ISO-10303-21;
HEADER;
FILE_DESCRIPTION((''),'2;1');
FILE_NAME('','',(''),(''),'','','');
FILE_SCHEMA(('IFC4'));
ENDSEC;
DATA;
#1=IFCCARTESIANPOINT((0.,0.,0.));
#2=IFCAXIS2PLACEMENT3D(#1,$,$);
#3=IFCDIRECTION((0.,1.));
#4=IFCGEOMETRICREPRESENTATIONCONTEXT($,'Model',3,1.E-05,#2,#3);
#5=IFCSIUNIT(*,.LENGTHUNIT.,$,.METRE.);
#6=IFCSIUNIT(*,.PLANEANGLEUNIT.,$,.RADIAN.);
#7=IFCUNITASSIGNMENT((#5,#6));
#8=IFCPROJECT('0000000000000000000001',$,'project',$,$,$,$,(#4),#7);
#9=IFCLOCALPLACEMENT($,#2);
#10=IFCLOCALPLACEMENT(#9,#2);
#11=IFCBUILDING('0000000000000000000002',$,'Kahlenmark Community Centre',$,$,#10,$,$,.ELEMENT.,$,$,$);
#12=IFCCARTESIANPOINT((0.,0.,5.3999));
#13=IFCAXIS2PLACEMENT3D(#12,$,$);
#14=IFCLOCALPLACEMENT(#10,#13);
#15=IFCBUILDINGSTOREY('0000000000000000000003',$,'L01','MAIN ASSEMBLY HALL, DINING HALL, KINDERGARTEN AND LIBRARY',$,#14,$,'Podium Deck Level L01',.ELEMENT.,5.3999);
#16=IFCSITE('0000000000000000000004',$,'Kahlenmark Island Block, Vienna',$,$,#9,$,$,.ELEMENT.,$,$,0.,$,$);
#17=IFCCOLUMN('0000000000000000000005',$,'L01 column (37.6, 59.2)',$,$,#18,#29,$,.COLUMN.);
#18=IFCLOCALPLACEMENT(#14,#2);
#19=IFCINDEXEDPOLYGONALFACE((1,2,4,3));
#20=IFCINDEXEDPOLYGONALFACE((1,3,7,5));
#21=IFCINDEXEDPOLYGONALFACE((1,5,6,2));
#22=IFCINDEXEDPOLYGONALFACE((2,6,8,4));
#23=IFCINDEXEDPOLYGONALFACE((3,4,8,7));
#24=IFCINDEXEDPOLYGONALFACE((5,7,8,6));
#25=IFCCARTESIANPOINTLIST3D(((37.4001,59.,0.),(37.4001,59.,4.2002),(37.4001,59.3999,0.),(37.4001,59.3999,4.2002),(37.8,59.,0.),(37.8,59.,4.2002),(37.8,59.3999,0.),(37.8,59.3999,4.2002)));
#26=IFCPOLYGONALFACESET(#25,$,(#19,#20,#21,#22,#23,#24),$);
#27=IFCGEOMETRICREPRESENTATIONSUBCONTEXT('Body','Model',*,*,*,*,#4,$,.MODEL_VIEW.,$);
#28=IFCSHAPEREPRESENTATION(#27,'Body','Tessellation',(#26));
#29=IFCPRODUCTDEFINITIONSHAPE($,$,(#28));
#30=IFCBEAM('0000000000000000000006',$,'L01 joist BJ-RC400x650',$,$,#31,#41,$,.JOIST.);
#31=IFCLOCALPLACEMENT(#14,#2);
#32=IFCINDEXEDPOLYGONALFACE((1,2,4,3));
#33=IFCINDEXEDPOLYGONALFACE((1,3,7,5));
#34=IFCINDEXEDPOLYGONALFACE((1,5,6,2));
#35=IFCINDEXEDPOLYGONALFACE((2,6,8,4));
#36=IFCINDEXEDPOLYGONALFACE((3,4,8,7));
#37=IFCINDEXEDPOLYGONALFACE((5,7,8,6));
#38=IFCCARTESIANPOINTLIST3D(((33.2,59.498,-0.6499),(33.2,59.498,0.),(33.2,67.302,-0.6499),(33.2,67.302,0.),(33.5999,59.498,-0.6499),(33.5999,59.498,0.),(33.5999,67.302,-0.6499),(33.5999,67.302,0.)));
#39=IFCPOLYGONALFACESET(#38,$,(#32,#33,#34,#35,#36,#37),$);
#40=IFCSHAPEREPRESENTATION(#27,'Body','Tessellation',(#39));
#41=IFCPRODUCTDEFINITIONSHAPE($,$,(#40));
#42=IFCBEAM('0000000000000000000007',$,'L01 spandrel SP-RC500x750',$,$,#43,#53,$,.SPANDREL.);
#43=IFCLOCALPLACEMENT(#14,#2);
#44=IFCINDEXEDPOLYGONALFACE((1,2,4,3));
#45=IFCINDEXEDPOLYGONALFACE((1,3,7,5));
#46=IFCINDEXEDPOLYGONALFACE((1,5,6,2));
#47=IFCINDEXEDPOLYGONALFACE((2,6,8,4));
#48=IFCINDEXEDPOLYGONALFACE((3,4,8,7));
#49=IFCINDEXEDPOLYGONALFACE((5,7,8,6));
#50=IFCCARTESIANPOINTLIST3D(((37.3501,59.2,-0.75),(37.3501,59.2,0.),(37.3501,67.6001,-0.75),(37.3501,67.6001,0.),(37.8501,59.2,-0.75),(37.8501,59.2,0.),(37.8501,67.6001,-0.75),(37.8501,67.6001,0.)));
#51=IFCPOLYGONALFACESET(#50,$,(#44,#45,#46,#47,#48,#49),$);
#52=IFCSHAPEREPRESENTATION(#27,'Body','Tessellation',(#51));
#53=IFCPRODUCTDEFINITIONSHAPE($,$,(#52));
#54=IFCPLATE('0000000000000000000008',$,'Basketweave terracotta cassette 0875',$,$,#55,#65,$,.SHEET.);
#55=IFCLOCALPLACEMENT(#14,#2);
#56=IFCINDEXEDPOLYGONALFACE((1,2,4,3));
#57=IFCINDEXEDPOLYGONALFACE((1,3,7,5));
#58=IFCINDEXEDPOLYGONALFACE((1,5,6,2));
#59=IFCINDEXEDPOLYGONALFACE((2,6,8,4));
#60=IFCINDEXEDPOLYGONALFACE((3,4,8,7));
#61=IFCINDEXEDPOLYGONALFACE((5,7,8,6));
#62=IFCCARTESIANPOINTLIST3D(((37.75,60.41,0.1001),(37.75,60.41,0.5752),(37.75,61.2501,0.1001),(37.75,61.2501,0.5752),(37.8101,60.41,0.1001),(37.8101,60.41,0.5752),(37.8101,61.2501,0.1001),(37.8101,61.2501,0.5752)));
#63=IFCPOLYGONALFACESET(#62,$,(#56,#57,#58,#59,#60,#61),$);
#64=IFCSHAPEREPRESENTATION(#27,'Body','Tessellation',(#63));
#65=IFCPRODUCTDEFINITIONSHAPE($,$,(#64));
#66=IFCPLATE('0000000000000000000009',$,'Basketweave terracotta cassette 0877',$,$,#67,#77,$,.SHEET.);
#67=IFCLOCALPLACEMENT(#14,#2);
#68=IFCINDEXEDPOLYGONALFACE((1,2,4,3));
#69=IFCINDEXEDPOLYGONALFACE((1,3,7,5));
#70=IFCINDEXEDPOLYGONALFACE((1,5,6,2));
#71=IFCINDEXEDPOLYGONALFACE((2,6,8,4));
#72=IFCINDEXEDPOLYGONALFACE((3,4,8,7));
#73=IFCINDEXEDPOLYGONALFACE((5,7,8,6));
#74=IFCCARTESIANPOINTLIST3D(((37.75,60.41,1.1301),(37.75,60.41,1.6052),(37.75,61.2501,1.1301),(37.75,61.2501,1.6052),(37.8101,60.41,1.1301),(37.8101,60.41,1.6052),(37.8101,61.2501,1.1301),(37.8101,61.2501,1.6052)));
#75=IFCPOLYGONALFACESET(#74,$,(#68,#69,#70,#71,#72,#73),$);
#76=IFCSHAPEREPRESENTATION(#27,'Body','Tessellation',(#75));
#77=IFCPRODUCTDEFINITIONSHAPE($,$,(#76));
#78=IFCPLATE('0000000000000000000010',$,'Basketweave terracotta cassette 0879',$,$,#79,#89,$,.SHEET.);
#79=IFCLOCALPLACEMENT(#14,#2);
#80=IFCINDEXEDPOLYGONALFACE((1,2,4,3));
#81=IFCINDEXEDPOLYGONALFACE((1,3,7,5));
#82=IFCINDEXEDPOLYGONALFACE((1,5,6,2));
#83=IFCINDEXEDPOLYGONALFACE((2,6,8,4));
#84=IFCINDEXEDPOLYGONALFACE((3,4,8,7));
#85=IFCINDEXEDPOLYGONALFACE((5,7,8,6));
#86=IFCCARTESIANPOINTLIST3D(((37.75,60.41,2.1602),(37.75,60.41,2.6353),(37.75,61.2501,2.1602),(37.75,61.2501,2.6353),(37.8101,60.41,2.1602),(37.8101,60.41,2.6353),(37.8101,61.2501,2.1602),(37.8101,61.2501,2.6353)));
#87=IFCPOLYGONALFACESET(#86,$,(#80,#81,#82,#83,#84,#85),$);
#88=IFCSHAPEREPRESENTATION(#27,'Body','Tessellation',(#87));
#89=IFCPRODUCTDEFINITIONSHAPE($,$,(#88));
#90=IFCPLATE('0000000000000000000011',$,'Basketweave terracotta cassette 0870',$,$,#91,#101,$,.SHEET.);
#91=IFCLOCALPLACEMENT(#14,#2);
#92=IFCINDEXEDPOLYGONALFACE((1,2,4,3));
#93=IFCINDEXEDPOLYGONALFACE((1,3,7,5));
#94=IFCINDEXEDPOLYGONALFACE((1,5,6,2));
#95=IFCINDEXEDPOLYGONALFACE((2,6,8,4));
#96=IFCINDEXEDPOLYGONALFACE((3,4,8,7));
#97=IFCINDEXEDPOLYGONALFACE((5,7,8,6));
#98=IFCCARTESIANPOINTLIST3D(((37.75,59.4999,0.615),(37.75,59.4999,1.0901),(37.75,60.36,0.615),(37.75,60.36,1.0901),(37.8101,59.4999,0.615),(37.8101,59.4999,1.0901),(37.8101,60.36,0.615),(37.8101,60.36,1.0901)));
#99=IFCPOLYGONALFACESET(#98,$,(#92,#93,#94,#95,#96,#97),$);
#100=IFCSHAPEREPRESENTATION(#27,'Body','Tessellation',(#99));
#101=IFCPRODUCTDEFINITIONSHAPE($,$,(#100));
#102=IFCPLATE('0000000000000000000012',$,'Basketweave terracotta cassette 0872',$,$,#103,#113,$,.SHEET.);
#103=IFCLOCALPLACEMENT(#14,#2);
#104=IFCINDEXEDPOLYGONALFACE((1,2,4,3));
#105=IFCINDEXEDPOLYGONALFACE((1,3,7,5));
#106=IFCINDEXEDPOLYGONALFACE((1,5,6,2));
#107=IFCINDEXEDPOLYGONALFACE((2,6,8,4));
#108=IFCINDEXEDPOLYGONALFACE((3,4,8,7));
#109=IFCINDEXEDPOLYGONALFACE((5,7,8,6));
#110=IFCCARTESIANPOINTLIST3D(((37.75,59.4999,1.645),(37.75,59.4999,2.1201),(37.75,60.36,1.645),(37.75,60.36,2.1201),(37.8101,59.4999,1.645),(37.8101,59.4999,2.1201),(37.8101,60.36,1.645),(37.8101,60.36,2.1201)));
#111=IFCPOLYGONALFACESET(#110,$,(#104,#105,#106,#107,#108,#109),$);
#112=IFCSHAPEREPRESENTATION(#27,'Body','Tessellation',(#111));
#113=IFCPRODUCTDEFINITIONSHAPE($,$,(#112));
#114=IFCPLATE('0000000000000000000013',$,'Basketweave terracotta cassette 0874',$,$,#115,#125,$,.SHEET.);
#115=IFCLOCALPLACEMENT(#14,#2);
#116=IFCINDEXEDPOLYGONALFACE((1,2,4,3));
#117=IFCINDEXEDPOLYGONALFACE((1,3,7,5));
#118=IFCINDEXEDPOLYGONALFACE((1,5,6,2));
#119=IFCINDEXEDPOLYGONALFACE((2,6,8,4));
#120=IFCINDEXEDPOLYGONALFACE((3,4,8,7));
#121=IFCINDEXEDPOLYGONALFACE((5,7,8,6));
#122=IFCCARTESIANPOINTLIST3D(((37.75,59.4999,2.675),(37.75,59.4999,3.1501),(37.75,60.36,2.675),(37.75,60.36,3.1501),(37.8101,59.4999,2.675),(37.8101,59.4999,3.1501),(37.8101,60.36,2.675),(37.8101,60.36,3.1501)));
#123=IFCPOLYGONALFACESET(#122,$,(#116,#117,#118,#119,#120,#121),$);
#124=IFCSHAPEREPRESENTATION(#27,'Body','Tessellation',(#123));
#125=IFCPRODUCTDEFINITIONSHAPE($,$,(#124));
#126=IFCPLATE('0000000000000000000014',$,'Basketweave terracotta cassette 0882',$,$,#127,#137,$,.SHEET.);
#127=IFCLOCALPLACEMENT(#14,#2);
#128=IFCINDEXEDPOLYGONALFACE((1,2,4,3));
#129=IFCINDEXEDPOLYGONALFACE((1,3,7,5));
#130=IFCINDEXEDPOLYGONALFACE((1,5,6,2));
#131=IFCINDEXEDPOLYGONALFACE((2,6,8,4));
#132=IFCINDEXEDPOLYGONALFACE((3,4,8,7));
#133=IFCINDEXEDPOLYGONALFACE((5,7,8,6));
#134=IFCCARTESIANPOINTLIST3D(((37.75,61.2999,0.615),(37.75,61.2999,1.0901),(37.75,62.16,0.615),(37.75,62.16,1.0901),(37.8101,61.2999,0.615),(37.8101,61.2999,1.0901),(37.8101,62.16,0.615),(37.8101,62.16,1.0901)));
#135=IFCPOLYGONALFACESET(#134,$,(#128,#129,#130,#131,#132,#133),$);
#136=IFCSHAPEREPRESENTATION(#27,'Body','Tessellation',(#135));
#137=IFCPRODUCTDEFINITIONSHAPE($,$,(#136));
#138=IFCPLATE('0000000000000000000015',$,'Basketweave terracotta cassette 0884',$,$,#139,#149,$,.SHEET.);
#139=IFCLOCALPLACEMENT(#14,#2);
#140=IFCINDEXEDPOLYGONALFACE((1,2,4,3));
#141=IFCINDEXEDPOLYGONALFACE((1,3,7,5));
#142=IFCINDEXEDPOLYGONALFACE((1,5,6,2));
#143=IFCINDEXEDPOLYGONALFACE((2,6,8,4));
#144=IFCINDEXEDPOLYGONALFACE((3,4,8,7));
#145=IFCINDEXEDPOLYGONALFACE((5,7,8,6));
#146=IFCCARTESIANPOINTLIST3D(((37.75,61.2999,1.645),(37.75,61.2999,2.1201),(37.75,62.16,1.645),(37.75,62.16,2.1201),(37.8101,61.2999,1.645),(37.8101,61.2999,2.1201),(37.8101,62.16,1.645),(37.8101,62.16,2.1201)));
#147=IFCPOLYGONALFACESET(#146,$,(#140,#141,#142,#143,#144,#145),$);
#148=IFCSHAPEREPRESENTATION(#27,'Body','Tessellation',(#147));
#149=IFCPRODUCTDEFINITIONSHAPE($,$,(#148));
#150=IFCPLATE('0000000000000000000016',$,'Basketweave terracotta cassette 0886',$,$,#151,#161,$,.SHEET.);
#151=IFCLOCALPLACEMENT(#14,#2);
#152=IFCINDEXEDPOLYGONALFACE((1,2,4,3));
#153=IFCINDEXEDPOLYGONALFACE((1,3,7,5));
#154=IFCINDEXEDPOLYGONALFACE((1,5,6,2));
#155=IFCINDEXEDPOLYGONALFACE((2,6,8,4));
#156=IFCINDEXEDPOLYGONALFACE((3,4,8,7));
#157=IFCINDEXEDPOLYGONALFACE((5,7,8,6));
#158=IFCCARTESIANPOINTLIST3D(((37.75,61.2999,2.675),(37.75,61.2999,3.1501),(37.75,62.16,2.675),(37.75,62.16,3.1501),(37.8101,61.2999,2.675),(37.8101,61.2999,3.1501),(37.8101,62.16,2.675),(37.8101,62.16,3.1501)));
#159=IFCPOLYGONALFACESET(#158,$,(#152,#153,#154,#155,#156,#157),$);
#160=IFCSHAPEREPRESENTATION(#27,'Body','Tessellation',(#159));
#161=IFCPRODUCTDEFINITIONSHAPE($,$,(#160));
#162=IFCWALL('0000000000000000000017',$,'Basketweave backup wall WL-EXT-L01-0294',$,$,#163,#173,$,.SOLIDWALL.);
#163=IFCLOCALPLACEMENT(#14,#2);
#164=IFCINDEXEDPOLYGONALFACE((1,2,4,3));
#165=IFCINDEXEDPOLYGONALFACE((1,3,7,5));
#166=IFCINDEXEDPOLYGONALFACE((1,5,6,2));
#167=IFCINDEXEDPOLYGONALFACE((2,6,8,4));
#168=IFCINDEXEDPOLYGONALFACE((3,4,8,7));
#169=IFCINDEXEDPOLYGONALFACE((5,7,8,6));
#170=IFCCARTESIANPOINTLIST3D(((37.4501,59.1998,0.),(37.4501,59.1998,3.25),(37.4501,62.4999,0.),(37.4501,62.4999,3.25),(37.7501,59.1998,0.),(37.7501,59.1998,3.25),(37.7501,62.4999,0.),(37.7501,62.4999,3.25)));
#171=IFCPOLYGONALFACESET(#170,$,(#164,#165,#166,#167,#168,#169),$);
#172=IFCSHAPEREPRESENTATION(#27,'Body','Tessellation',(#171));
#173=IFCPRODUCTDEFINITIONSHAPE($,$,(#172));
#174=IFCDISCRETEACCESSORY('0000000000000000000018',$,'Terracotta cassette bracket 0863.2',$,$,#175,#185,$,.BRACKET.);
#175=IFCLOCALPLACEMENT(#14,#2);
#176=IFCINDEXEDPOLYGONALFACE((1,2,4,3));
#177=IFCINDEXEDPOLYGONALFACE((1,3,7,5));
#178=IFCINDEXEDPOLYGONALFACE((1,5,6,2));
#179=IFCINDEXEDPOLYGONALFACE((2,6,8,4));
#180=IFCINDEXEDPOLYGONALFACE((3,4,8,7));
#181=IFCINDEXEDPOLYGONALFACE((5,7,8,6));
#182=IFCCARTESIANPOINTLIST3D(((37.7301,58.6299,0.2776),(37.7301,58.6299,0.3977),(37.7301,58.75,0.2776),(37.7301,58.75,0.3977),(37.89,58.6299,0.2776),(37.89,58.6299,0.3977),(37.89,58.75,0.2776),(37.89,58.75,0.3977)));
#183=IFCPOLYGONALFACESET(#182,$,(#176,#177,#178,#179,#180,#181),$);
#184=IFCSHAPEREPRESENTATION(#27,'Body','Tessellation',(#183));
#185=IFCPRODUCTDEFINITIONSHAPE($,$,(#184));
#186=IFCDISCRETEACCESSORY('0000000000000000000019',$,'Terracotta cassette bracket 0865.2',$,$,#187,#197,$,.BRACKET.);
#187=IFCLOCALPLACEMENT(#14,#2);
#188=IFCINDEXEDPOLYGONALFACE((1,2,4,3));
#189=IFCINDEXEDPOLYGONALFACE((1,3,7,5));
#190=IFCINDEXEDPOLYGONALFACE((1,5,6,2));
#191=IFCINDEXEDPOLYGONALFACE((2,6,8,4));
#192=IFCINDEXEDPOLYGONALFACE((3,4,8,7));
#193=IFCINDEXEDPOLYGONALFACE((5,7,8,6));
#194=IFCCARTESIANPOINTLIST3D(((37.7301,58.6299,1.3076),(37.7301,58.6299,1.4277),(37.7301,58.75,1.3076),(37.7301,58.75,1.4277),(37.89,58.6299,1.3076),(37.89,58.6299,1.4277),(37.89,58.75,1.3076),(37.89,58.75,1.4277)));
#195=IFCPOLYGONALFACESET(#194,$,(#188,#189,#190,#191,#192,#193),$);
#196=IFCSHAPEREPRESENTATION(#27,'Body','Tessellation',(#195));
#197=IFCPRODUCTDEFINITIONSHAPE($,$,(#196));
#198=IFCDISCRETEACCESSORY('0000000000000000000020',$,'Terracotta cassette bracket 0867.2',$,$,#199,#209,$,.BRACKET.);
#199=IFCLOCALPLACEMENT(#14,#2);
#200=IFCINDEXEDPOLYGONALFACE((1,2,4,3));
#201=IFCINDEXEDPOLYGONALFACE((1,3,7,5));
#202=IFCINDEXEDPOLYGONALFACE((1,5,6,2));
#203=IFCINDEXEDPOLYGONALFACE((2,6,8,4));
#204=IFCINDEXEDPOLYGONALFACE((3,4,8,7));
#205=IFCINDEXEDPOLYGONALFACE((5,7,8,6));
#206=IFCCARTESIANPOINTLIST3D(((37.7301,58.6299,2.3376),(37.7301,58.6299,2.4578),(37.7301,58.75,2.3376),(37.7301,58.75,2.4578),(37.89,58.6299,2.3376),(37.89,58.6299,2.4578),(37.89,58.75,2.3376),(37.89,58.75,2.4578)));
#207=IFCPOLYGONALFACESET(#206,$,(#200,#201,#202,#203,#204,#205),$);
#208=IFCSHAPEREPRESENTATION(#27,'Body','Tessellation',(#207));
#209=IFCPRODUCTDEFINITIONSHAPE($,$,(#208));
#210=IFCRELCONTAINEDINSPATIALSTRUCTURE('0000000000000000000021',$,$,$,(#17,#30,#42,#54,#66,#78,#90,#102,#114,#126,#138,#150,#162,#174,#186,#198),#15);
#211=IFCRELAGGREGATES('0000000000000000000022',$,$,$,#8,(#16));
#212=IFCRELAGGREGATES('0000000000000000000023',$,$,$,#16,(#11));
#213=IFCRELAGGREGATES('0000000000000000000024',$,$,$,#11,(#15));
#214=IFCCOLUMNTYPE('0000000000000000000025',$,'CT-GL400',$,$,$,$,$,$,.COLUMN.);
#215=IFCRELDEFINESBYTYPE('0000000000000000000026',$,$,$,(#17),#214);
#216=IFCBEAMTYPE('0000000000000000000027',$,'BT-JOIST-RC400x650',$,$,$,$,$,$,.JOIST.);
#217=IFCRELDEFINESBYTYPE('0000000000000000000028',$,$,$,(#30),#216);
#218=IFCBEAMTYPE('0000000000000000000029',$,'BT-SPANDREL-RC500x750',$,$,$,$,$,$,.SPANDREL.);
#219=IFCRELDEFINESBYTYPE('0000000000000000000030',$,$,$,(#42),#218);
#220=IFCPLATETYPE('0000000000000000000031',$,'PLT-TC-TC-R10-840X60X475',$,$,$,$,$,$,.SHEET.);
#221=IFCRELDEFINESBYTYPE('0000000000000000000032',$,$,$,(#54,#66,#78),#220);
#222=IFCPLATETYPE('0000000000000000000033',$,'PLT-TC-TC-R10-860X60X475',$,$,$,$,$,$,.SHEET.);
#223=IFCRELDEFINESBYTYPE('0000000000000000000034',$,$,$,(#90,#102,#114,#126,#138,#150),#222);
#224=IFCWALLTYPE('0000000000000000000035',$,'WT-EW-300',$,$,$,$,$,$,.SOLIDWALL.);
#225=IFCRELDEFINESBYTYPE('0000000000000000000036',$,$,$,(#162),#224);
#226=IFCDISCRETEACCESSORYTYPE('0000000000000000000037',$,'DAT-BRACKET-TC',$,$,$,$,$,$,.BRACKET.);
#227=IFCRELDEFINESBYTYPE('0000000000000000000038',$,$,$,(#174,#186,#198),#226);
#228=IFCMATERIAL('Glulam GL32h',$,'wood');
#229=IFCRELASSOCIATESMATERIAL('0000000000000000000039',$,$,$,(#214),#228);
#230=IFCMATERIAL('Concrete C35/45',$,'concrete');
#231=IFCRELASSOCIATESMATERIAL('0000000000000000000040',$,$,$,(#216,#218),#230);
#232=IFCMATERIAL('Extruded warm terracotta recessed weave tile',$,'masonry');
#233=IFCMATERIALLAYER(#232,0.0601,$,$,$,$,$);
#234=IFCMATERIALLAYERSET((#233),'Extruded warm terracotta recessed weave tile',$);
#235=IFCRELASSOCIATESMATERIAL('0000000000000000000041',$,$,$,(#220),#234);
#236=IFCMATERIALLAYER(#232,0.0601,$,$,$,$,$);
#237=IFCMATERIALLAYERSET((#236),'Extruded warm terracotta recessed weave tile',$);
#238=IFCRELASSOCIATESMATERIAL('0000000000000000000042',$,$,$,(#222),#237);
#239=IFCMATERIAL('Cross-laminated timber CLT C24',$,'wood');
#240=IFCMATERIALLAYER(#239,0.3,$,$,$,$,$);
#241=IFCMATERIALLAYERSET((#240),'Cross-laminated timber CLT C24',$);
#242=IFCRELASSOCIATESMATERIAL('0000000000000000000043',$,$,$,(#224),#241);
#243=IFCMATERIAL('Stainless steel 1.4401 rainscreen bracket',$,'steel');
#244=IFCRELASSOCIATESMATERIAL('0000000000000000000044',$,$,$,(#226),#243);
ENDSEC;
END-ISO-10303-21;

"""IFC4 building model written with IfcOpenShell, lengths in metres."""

from ifc_helpers import new_model, si_unit, direction, frame, frame_2d, origin, origin_2d, place, context, subcontext, project, spatial, rectangle, extrude, material, layer, layer_set, material_profile, profile_set, type_object, element, save


model = new_model("IFC4")

# Units and contexts
model_context = context("Model", 3, precision=1e-05, world=origin(), true_north=direction((0.0, 1.0)))
body_context = subcontext(model_context, "Body", "Model", "MODEL_VIEW")
ifc_project = project(units=[si_unit("LENGTHUNIT", "METRE"), si_unit("PLANEANGLEUNIT", "RADIAN")], contexts=[model_context])

# Site, building, storey
site_placement = place(None, origin())
site = spatial("IfcSite", under=ifc_project, at=site_placement, Name="Kahlenmark Island Block, Vienna", CompositionType="ELEMENT", RefElevation=0.0)
building_placement = place(site_placement, origin())
building = spatial("IfcBuilding", under=site, at=building_placement, Name="Kahlenmark Community Centre", CompositionType="ELEMENT")
storey_placement = place(building_placement, frame((0.0, 0.0, 5.3999)))
storey = spatial("IfcBuildingStorey", under=building, at=storey_placement, Name="L01", Description="MAIN ASSEMBLY HALL, DINING HALL, KINDERGARTEN AND LIBRARY", LongName="Podium Deck Level L01", CompositionType="ELEMENT", Elevation=5.3999)

# Column
ifc_material_1 = material(Name="Glulam GL32h", Category="wood")
ifc_material_profile_1 = material_profile(ifc_material_1, rectangle(XDim=0.3999, YDim=0.3999, at=origin_2d()), Name="GL32h 400x400")
ifc_profile_set_1 = profile_set([ifc_material_profile_1], Name="Glulam GL32h")
column_type = type_object("IfcColumnType", Name="CT-GL400", PredefinedType="COLUMN", material=ifc_profile_set_1)
column_placement = place(storey_placement, frame((37.6001, 59.2, 0.0), z_axis=(0.0, 0.0, 1.0), x_axis=(1.0, 0.0, 0.0)))
element("IfcColumn", 1, at=column_placement, inside=storey, type_object=column_type, Name="L01 column (37.6, 59.2)", PredefinedType="COLUMN", context=body_context, shape_type="SweptSolid", body=[
    extrude(rectangle(XDim=0.3999, YDim=0.3999, at=origin_2d()), origin(), (0.0, 0.0, 1.0), 4.2002),
])

# Beams
ifc_material_2 = material(Name="Concrete C35/45", Category="concrete")
ifc_material_profile_2 = material_profile(ifc_material_2, rectangle(XDim=0.3999, YDim=0.6499, at=origin_2d()), Name="RC 400x650")
ifc_profile_set_2 = profile_set([ifc_material_profile_2], Name="Concrete C35/45")
beam_type_1 = type_object("IfcBeamType", Name="BT-JOIST-RC400x650", PredefinedType="JOIST", material=ifc_profile_set_2)
beam_1_placement = place(storey_placement, frame((33.3999, 59.498, -0.325), z_axis=(0.0, 1.0, 0.0), x_axis=(-1.0, 0.0, 0.0)))
element("IfcBeam", 2, at=beam_1_placement, inside=storey, type_object=beam_type_1, Name="L01 joist BJ-RC400x650", PredefinedType="JOIST", context=body_context, shape_type="SweptSolid", body=[
    extrude(rectangle(XDim=0.3999, YDim=0.6499, at=origin_2d()), origin(), (0.0, 0.0, 1.0), 7.804),
])
ifc_material_profile_3 = material_profile(ifc_material_2, rectangle(XDim=0.5, YDim=0.75, at=origin_2d()), Name="RC 500x750")
ifc_profile_set_3 = profile_set([ifc_material_profile_3], Name="Concrete C35/45")
beam_type_2 = type_object("IfcBeamType", Name="BT-SPANDREL-RC500x750", PredefinedType="SPANDREL", material=ifc_profile_set_3)
beam_2_placement = place(storey_placement, frame((37.6001, 59.2, -0.375), z_axis=(0.0, 1.0, 0.0), x_axis=(-1.0, 0.0, 0.0)))
element("IfcBeam", 3, at=beam_2_placement, inside=storey, type_object=beam_type_2, Name="L01 spandrel SP-RC500x750", PredefinedType="SPANDREL", context=body_context, shape_type="SweptSolid", body=[
    extrude(rectangle(XDim=0.5, YDim=0.75, at=origin_2d()), origin(), (0.0, 0.0, 1.0), 8.4001),
])

# Plates
ifc_material_3 = material(Name="Extruded warm terracotta recessed weave tile", Category="masonry")
ifc_layer_1 = layer(ifc_material_3, 0.0601)
ifc_layer_set_1 = layer_set([ifc_layer_1], Name="Extruded warm terracotta recessed weave tile")
plate_type_1 = type_object("IfcPlateType", Name="PLT-TC-TC-R10-840X60X475", PredefinedType="SHEET", material=ifc_layer_set_1)
for number, where, z_axis, x_axis, name in (
    (4, (37.78, 60.8301, 0.1001), (0.0, 0.0, 1.0), (0.0, 1.0, 0.0), "Basketweave terracotta cassette 0875"),
    (5, (37.78, 60.8301, 1.1301), (0.0, 0.0, 1.0), (0.0, 1.0, 0.0), "Basketweave terracotta cassette 0877"),
    (6, (37.78, 60.8301, 2.1602), (0.0, 0.0, 1.0), (0.0, 1.0, 0.0), "Basketweave terracotta cassette 0879"),
):
    element("IfcPlate", number, at=place(storey_placement, frame(where, z_axis=z_axis, x_axis=x_axis)), inside=storey, type_object=plate_type_1, Name=name, PredefinedType="SHEET", context=body_context, shape_type="SweptSolid", body=[
        extrude(rectangle(XDim=0.8401, YDim=0.0601, at=origin_2d()), origin(), (0.0, 0.0, 1.0), 0.4751),
    ])
ifc_layer_2 = layer(ifc_material_3, 0.0601)
ifc_layer_set_2 = layer_set([ifc_layer_2], Name="Extruded warm terracotta recessed weave tile")
plate_type_2 = type_object("IfcPlateType", Name="PLT-TC-TC-R10-860X60X475", PredefinedType="SHEET", material=ifc_layer_set_2)
for number, where, z_axis, x_axis, name in (
    (7, (37.78, 59.9299, 0.615), (0.0, 0.0, 1.0), (0.0, 1.0, 0.0), "Basketweave terracotta cassette 0870"),
    (8, (37.78, 59.9299, 1.645), (0.0, 0.0, 1.0), (0.0, 1.0, 0.0), "Basketweave terracotta cassette 0872"),
    (9, (37.78, 59.9299, 2.675), (0.0, 0.0, 1.0), (0.0, 1.0, 0.0), "Basketweave terracotta cassette 0874"),
    (10, (37.78, 61.73, 0.615), (0.0, 0.0, 1.0), (0.0, 1.0, 0.0), "Basketweave terracotta cassette 0882"),
    (11, (37.78, 61.73, 1.645), (0.0, 0.0, 1.0), (0.0, 1.0, 0.0), "Basketweave terracotta cassette 0884"),
    (12, (37.78, 61.73, 2.675), (0.0, 0.0, 1.0), (0.0, 1.0, 0.0), "Basketweave terracotta cassette 0886"),
):
    element("IfcPlate", number, at=place(storey_placement, frame(where, z_axis=z_axis, x_axis=x_axis)), inside=storey, type_object=plate_type_2, Name=name, PredefinedType="SHEET", context=body_context, shape_type="SweptSolid", body=[
        extrude(rectangle(XDim=0.8601, YDim=0.0601, at=origin_2d()), origin(), (0.0, 0.0, 1.0), 0.4751),
    ])

# Wall
ifc_material_4 = material(Name="Cross-laminated timber CLT C24", Category="wood")
ifc_layer_3 = layer(ifc_material_4, 0.3)
ifc_layer_set_3 = layer_set([ifc_layer_3], Name="Cross-laminated timber CLT C24")
wall_type = type_object("IfcWallType", Name="WT-EW-300", PredefinedType="SOLIDWALL", material=ifc_layer_set_3)
wall_placement = place(storey_placement, frame((37.6001, 59.2, 0.0), z_axis=(0.0, 0.0, 1.0), x_axis=(0.0, 1.0, 0.0)))
element("IfcWall", 13, at=wall_placement, inside=storey, type_object=wall_type, Name="Basketweave backup wall WL-EXT-L01-0294", PredefinedType="SOLIDWALL", context=body_context, shape_type="SweptSolid", body=[
    extrude(rectangle(XDim=3.3, YDim=0.3, at=frame_2d((1.6499, 0.0))), origin(), (0.0, 0.0, 1.0), 3.25),
])

# Discrete accessories
ifc_material_5 = material(Name="Stainless steel 1.4401 rainscreen bracket", Category="steel")
discrete_accessory_type = type_object("IfcDiscreteAccessoryType", Name="DAT-BRACKET-TC", PredefinedType="BRACKET", material=ifc_material_5)
for number, where, z_axis, x_axis, name in (
    (14, (37.8101, 58.6899, 0.2776), (0.0, 0.0, 1.0), (0.0, 1.0, 0.0), "Terracotta cassette bracket 0863.2"),
    (15, (37.8101, 58.6899, 1.3076), (0.0, 0.0, 1.0), (0.0, 1.0, 0.0), "Terracotta cassette bracket 0865.2"),
    (16, (37.8101, 58.6899, 2.3376), (0.0, 0.0, 1.0), (0.0, 1.0, 0.0), "Terracotta cassette bracket 0867.2"),
):
    element("IfcDiscreteAccessory", number, at=place(storey_placement, frame(where, z_axis=z_axis, x_axis=x_axis)), inside=storey, type_object=discrete_accessory_type, Name=name, PredefinedType="BRACKET", context=body_context, shape_type="SweptSolid", body=[
        extrude(rectangle(XDim=0.1201, YDim=0.1599, at=origin_2d()), origin(), (0.0, 0.0, 1.0), 0.1201),
    ])

save(model, "model.ifc")
